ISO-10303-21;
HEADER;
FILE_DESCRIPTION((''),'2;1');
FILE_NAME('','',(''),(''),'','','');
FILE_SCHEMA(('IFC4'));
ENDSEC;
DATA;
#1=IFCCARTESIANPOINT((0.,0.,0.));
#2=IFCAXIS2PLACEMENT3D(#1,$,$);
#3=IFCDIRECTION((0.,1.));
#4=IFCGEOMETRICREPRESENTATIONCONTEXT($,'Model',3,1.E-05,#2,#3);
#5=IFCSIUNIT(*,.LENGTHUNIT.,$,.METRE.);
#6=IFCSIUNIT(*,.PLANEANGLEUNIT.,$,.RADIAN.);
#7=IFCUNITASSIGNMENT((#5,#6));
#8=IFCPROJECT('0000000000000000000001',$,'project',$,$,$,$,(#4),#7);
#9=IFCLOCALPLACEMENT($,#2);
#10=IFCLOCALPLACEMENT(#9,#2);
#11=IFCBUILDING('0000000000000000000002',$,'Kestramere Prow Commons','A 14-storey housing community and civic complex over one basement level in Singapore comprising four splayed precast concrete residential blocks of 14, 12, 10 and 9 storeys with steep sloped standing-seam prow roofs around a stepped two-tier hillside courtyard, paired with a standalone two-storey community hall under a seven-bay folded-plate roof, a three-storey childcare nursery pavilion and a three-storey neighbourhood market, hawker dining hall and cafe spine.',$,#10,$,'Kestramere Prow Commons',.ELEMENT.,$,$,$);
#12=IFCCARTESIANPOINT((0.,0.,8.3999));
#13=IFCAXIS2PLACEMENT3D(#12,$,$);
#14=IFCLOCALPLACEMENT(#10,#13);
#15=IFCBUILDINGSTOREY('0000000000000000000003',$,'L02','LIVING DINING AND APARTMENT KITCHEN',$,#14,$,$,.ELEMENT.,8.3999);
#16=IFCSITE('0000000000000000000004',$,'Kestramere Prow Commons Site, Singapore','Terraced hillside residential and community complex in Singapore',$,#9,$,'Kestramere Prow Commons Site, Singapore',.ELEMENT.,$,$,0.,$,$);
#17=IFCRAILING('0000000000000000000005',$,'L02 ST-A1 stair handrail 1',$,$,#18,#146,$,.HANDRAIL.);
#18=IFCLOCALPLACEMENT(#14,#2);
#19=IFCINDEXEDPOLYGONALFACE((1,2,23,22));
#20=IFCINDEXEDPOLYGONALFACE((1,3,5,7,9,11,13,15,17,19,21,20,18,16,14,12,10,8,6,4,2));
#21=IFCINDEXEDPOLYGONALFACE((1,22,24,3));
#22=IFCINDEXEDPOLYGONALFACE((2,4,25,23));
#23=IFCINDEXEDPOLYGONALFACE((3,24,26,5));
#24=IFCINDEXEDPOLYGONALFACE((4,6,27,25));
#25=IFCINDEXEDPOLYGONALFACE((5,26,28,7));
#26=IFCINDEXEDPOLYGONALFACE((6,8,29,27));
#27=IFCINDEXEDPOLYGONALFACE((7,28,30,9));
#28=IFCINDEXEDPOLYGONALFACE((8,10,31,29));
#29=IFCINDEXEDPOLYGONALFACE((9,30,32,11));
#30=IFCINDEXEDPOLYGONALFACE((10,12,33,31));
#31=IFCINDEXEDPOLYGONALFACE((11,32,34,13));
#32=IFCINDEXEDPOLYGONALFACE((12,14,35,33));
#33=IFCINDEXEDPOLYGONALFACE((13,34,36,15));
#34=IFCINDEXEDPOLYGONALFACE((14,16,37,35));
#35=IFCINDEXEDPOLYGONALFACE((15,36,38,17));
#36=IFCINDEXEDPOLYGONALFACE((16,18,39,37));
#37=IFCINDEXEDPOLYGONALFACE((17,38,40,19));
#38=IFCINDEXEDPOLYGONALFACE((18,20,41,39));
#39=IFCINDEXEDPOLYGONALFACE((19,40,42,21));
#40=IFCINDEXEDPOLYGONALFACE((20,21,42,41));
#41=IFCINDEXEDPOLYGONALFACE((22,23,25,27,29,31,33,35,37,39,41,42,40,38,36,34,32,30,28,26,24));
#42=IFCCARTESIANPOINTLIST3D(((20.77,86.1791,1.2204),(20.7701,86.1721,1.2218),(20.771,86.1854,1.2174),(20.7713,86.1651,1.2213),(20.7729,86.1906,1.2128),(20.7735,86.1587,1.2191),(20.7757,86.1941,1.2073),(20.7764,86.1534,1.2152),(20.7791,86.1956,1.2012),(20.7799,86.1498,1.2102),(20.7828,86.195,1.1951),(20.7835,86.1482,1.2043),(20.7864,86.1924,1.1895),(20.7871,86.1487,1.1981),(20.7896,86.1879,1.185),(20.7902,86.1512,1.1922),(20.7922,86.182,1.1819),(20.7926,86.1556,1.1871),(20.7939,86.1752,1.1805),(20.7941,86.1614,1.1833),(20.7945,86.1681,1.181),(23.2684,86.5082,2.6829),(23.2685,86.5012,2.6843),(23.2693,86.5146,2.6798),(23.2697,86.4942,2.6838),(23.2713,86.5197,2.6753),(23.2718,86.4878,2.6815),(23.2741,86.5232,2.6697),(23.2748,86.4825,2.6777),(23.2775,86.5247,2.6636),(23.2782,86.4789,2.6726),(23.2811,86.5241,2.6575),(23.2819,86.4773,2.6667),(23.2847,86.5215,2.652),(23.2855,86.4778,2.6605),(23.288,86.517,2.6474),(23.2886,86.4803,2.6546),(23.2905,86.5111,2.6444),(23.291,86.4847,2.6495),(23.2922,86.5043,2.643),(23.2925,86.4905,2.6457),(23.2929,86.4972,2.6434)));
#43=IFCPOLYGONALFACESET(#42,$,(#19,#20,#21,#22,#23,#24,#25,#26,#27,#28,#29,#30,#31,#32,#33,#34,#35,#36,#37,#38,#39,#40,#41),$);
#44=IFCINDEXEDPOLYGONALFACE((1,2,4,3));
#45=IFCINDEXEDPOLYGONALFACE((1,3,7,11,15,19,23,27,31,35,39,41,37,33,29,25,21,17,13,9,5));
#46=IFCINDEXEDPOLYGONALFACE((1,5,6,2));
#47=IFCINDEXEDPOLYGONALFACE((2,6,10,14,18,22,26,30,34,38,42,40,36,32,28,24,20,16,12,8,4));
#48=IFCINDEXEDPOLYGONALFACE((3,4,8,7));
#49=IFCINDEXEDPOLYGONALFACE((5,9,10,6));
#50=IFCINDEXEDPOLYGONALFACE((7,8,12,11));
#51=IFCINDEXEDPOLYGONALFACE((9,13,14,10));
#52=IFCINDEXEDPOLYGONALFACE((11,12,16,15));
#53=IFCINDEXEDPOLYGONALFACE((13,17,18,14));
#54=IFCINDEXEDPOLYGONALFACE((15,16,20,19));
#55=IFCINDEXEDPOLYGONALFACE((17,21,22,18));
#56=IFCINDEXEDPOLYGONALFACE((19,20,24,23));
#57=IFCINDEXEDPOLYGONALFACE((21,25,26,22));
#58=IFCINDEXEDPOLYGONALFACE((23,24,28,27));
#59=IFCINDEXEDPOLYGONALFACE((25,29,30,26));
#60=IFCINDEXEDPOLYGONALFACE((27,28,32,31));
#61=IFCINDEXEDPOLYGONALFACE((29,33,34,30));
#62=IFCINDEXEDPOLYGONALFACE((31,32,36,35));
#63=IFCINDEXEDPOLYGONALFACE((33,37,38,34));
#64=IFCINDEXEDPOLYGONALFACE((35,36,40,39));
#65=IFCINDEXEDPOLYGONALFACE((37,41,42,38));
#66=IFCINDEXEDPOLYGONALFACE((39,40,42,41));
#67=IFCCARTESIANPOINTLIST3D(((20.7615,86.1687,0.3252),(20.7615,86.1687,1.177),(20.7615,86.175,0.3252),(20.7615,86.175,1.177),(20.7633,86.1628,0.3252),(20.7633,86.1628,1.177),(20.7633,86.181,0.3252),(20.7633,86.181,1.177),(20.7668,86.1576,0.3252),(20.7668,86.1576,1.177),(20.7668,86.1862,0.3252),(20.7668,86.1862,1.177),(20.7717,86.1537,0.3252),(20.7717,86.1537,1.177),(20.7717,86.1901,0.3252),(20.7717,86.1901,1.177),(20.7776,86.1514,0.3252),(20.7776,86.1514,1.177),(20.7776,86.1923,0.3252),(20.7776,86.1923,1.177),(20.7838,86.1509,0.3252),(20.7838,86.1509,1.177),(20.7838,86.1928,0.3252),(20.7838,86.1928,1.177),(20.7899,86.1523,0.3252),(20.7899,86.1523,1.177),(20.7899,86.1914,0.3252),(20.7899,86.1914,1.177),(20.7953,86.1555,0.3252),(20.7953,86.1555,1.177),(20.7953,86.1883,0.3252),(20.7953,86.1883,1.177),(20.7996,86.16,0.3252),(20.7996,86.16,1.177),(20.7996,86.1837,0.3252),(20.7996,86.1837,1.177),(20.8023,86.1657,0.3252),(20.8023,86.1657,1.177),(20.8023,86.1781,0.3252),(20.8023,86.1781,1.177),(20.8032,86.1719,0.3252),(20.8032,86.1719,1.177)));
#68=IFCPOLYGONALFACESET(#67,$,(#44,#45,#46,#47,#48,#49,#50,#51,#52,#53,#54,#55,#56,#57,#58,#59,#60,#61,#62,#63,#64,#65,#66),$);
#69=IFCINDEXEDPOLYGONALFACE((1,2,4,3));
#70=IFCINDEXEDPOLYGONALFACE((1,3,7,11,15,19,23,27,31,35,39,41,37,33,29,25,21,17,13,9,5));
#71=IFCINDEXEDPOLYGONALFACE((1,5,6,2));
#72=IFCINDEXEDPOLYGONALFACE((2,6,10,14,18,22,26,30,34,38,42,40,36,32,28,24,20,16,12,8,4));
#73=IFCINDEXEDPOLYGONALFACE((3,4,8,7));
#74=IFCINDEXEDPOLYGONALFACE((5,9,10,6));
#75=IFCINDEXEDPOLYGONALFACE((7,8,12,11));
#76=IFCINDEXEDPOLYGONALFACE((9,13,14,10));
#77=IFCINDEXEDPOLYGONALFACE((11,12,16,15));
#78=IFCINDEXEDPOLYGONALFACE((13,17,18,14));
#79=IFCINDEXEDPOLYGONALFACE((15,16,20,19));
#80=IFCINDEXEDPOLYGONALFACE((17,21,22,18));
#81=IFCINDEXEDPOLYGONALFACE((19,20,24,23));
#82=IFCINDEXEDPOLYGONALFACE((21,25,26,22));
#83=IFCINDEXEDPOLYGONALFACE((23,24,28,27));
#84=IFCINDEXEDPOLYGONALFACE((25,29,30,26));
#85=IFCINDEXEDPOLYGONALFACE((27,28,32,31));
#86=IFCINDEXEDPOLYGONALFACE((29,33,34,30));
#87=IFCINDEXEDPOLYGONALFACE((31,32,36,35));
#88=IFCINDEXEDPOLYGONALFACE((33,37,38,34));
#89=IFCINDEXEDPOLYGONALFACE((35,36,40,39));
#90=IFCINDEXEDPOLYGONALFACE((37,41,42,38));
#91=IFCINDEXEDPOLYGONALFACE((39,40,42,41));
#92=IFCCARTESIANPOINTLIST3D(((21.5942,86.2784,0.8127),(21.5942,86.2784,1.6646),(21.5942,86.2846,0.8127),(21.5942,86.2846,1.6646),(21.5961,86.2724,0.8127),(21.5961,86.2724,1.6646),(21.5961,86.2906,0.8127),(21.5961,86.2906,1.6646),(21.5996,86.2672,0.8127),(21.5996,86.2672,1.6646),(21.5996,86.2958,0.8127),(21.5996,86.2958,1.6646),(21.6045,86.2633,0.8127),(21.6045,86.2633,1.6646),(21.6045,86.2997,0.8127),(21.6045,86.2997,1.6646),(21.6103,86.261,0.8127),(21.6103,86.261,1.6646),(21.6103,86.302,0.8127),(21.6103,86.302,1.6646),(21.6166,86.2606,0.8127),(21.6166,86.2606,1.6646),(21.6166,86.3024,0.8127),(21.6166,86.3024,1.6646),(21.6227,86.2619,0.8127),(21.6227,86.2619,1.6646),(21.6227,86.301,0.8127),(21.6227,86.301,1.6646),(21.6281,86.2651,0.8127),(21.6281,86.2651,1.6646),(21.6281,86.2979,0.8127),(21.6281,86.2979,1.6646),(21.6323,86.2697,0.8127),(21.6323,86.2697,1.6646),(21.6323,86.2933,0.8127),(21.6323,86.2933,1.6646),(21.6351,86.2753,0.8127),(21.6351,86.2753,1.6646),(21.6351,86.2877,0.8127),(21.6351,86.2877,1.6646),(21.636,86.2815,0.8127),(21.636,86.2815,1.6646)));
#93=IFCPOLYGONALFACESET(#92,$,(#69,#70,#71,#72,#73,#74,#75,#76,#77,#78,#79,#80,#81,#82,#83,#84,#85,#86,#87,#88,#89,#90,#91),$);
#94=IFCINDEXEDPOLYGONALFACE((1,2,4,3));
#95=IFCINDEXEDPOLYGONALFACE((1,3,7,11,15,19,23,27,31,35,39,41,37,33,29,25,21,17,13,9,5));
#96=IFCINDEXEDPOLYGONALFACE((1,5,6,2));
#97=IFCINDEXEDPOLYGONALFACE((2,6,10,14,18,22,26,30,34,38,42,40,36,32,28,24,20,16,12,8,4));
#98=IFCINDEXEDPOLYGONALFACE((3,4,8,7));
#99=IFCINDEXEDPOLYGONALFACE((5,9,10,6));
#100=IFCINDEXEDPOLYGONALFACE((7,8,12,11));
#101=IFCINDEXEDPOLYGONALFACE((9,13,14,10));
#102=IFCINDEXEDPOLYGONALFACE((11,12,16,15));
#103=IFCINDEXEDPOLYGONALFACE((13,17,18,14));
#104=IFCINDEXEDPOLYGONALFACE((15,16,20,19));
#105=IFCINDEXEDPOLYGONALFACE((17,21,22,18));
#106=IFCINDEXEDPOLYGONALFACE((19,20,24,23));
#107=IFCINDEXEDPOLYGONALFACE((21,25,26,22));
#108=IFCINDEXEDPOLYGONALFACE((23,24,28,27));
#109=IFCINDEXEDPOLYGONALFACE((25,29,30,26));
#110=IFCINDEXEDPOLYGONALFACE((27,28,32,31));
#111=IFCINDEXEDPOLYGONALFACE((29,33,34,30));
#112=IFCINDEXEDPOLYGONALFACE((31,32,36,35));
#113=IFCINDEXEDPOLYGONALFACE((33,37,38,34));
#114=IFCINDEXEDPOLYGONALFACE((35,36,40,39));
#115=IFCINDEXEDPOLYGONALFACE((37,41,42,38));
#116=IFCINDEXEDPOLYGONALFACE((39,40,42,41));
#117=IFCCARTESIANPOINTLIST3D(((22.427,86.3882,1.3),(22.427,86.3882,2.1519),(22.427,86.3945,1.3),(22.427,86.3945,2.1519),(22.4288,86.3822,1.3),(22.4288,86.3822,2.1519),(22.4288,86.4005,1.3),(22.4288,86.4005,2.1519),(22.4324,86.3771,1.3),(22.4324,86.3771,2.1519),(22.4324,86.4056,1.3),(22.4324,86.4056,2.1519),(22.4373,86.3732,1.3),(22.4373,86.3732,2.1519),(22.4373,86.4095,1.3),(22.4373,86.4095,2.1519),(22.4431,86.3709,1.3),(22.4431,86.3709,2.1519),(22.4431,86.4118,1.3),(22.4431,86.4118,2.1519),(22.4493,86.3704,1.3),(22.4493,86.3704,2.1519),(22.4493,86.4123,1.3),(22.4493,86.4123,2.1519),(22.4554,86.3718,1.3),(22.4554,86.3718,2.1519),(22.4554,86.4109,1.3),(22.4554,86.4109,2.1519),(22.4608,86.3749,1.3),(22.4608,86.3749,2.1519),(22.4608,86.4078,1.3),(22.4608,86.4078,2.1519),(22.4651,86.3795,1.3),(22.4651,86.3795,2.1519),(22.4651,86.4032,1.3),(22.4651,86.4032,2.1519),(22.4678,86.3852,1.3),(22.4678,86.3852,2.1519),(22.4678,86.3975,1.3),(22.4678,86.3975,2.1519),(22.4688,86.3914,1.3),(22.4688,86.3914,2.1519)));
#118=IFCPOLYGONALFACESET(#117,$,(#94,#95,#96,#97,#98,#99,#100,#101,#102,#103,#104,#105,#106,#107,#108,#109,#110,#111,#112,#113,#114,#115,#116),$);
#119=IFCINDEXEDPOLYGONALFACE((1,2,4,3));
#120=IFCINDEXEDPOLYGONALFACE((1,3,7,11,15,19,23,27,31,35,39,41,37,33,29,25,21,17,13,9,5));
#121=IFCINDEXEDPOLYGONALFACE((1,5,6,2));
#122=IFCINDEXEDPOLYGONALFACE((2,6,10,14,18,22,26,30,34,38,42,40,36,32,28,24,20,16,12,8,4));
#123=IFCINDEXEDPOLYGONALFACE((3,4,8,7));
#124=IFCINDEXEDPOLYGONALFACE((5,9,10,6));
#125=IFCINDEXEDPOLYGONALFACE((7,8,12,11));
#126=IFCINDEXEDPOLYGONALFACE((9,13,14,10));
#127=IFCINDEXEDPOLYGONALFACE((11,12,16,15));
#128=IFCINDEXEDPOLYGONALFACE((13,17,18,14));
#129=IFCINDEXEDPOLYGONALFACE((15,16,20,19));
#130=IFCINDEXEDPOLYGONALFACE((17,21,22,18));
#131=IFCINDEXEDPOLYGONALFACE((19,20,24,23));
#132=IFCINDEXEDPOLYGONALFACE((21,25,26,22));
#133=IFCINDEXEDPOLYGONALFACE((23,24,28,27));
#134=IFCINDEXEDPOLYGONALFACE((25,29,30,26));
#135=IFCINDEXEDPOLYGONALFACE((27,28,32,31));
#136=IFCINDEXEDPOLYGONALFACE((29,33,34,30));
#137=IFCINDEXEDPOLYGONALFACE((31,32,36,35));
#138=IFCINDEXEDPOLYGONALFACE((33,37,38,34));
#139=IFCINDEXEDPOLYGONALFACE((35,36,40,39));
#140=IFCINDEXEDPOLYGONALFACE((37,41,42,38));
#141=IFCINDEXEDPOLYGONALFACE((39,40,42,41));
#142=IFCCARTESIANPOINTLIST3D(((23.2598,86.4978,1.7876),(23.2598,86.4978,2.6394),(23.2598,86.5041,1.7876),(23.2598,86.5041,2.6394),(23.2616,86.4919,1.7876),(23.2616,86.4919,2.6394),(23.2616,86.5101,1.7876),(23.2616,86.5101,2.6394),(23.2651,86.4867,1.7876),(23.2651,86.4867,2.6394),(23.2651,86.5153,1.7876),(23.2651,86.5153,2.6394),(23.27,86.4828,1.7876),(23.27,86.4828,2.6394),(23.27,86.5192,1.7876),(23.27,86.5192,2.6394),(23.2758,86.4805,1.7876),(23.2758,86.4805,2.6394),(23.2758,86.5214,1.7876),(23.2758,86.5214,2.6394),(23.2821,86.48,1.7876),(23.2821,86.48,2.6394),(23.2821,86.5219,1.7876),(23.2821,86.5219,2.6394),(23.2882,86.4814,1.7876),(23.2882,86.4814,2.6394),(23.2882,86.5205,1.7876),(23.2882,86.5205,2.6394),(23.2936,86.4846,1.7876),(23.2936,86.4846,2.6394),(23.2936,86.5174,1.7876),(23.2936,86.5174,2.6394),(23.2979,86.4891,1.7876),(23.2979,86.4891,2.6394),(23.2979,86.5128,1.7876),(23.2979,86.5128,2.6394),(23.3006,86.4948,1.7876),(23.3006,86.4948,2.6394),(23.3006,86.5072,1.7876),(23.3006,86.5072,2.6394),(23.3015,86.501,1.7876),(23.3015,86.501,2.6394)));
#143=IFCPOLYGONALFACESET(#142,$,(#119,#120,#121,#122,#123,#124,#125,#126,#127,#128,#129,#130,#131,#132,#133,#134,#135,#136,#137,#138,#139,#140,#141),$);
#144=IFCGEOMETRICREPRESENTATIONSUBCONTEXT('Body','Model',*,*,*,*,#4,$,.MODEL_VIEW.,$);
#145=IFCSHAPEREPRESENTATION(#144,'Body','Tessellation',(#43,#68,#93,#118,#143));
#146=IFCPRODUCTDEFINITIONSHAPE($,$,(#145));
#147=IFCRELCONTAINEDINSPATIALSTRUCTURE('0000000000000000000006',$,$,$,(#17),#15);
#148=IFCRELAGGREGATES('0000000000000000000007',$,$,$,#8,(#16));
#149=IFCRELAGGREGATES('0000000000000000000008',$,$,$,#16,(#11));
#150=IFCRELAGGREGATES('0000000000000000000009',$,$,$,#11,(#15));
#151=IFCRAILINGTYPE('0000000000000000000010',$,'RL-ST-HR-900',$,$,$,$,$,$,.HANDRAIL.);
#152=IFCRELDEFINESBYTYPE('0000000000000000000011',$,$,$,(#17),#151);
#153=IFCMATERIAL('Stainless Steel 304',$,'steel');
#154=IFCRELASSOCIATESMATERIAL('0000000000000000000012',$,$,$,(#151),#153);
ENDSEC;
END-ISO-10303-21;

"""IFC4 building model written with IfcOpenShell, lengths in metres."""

from ifc_helpers import new_model, si_unit, direction, frame, origin, origin_2d, place, context, subcontext, project, spatial, circle, extrude, material, type_object, element, save


model = new_model("IFC4")

# Units and contexts
model_context = context("Model", 3, precision=1e-05, world=origin(), true_north=direction((0.0, 1.0)))
body_context = subcontext(model_context, "Body", "Model", "MODEL_VIEW")
ifc_project = project(units=[si_unit("LENGTHUNIT", "METRE"), si_unit("PLANEANGLEUNIT", "RADIAN")], contexts=[model_context])

# Site, building, storey
site_placement = place(None, origin())
site = spatial("IfcSite", under=ifc_project, at=site_placement, Name="Kestramere Prow Commons Site, Singapore", Description="Terraced hillside residential and community complex in Singapore", LongName="Kestramere Prow Commons Site, Singapore", CompositionType="ELEMENT", RefElevation=0.0)
building_placement = place(site_placement, origin())
building = spatial("IfcBuilding", under=site, at=building_placement, Name="Kestramere Prow Commons", Description="A 14-storey housing community and civic complex over one basement level in Singapore comprising four splayed precast concrete residential blocks of 14, 12, 10 and 9 storeys with steep sloped standing-seam prow roofs around a stepped two-tier hillside courtyard, paired with a standalone two-storey community hall under a seven-bay folded-plate roof, a three-storey childcare nursery pavilion and a three-storey neighbourhood market, hawker dining hall and cafe spine.", LongName="Kestramere Prow Commons", CompositionType="ELEMENT")
storey_placement = place(building_placement, frame((0.0, 0.0, 8.3999)))
storey = spatial("IfcBuildingStorey", under=building, at=storey_placement, Name="L02", Description="LIVING DINING AND APARTMENT KITCHEN", CompositionType="ELEMENT", Elevation=8.3999)

# Railing
ifc_material_1 = material(Name="Stainless Steel 304", Category="steel")
railing_type = type_object("IfcRailingType", Name="RL-ST-HR-900", PredefinedType="HANDRAIL", material=ifc_material_1)
railing_placement = place(storey_placement, frame((20.7822, 86.1719, 0.3252)))
element("IfcRailing", 1, at=railing_placement, inside=storey, type_object=railing_type, Name="L02 ST-A1 stair handrail 1", PredefinedType="HANDRAIL", context=body_context, shape_type="SweptSolid", body=[
    extrude(circle(Radius=0.0239, at=origin_2d()), frame((0.0, 0.0, 0.876), z_axis=(0.857493, 0.112958, 0.501943), x_axis=(-0.130602, 0.991435, 0.0)), (0.0, 0.0, 1.0), 2.9136),
    extrude(circle(Radius=0.021, at=origin_2d()), origin(), (0.0, 0.0, 1.0), 0.8518),
    extrude(circle(Radius=0.021, at=origin_2d()), frame((0.8328, 0.1096, 0.4875)), (0.0, 0.0, 1.0), 0.8518),
    extrude(circle(Radius=0.021, at=origin_2d()), frame((1.6655, 0.2195, 0.9749)), (0.0, 0.0, 1.0), 0.8518),
    extrude(circle(Radius=0.021, at=origin_2d()), frame((2.4983, 0.3291, 1.4624)), (0.0, 0.0, 1.0), 0.8518),
])

save(model, "model.ifc")
